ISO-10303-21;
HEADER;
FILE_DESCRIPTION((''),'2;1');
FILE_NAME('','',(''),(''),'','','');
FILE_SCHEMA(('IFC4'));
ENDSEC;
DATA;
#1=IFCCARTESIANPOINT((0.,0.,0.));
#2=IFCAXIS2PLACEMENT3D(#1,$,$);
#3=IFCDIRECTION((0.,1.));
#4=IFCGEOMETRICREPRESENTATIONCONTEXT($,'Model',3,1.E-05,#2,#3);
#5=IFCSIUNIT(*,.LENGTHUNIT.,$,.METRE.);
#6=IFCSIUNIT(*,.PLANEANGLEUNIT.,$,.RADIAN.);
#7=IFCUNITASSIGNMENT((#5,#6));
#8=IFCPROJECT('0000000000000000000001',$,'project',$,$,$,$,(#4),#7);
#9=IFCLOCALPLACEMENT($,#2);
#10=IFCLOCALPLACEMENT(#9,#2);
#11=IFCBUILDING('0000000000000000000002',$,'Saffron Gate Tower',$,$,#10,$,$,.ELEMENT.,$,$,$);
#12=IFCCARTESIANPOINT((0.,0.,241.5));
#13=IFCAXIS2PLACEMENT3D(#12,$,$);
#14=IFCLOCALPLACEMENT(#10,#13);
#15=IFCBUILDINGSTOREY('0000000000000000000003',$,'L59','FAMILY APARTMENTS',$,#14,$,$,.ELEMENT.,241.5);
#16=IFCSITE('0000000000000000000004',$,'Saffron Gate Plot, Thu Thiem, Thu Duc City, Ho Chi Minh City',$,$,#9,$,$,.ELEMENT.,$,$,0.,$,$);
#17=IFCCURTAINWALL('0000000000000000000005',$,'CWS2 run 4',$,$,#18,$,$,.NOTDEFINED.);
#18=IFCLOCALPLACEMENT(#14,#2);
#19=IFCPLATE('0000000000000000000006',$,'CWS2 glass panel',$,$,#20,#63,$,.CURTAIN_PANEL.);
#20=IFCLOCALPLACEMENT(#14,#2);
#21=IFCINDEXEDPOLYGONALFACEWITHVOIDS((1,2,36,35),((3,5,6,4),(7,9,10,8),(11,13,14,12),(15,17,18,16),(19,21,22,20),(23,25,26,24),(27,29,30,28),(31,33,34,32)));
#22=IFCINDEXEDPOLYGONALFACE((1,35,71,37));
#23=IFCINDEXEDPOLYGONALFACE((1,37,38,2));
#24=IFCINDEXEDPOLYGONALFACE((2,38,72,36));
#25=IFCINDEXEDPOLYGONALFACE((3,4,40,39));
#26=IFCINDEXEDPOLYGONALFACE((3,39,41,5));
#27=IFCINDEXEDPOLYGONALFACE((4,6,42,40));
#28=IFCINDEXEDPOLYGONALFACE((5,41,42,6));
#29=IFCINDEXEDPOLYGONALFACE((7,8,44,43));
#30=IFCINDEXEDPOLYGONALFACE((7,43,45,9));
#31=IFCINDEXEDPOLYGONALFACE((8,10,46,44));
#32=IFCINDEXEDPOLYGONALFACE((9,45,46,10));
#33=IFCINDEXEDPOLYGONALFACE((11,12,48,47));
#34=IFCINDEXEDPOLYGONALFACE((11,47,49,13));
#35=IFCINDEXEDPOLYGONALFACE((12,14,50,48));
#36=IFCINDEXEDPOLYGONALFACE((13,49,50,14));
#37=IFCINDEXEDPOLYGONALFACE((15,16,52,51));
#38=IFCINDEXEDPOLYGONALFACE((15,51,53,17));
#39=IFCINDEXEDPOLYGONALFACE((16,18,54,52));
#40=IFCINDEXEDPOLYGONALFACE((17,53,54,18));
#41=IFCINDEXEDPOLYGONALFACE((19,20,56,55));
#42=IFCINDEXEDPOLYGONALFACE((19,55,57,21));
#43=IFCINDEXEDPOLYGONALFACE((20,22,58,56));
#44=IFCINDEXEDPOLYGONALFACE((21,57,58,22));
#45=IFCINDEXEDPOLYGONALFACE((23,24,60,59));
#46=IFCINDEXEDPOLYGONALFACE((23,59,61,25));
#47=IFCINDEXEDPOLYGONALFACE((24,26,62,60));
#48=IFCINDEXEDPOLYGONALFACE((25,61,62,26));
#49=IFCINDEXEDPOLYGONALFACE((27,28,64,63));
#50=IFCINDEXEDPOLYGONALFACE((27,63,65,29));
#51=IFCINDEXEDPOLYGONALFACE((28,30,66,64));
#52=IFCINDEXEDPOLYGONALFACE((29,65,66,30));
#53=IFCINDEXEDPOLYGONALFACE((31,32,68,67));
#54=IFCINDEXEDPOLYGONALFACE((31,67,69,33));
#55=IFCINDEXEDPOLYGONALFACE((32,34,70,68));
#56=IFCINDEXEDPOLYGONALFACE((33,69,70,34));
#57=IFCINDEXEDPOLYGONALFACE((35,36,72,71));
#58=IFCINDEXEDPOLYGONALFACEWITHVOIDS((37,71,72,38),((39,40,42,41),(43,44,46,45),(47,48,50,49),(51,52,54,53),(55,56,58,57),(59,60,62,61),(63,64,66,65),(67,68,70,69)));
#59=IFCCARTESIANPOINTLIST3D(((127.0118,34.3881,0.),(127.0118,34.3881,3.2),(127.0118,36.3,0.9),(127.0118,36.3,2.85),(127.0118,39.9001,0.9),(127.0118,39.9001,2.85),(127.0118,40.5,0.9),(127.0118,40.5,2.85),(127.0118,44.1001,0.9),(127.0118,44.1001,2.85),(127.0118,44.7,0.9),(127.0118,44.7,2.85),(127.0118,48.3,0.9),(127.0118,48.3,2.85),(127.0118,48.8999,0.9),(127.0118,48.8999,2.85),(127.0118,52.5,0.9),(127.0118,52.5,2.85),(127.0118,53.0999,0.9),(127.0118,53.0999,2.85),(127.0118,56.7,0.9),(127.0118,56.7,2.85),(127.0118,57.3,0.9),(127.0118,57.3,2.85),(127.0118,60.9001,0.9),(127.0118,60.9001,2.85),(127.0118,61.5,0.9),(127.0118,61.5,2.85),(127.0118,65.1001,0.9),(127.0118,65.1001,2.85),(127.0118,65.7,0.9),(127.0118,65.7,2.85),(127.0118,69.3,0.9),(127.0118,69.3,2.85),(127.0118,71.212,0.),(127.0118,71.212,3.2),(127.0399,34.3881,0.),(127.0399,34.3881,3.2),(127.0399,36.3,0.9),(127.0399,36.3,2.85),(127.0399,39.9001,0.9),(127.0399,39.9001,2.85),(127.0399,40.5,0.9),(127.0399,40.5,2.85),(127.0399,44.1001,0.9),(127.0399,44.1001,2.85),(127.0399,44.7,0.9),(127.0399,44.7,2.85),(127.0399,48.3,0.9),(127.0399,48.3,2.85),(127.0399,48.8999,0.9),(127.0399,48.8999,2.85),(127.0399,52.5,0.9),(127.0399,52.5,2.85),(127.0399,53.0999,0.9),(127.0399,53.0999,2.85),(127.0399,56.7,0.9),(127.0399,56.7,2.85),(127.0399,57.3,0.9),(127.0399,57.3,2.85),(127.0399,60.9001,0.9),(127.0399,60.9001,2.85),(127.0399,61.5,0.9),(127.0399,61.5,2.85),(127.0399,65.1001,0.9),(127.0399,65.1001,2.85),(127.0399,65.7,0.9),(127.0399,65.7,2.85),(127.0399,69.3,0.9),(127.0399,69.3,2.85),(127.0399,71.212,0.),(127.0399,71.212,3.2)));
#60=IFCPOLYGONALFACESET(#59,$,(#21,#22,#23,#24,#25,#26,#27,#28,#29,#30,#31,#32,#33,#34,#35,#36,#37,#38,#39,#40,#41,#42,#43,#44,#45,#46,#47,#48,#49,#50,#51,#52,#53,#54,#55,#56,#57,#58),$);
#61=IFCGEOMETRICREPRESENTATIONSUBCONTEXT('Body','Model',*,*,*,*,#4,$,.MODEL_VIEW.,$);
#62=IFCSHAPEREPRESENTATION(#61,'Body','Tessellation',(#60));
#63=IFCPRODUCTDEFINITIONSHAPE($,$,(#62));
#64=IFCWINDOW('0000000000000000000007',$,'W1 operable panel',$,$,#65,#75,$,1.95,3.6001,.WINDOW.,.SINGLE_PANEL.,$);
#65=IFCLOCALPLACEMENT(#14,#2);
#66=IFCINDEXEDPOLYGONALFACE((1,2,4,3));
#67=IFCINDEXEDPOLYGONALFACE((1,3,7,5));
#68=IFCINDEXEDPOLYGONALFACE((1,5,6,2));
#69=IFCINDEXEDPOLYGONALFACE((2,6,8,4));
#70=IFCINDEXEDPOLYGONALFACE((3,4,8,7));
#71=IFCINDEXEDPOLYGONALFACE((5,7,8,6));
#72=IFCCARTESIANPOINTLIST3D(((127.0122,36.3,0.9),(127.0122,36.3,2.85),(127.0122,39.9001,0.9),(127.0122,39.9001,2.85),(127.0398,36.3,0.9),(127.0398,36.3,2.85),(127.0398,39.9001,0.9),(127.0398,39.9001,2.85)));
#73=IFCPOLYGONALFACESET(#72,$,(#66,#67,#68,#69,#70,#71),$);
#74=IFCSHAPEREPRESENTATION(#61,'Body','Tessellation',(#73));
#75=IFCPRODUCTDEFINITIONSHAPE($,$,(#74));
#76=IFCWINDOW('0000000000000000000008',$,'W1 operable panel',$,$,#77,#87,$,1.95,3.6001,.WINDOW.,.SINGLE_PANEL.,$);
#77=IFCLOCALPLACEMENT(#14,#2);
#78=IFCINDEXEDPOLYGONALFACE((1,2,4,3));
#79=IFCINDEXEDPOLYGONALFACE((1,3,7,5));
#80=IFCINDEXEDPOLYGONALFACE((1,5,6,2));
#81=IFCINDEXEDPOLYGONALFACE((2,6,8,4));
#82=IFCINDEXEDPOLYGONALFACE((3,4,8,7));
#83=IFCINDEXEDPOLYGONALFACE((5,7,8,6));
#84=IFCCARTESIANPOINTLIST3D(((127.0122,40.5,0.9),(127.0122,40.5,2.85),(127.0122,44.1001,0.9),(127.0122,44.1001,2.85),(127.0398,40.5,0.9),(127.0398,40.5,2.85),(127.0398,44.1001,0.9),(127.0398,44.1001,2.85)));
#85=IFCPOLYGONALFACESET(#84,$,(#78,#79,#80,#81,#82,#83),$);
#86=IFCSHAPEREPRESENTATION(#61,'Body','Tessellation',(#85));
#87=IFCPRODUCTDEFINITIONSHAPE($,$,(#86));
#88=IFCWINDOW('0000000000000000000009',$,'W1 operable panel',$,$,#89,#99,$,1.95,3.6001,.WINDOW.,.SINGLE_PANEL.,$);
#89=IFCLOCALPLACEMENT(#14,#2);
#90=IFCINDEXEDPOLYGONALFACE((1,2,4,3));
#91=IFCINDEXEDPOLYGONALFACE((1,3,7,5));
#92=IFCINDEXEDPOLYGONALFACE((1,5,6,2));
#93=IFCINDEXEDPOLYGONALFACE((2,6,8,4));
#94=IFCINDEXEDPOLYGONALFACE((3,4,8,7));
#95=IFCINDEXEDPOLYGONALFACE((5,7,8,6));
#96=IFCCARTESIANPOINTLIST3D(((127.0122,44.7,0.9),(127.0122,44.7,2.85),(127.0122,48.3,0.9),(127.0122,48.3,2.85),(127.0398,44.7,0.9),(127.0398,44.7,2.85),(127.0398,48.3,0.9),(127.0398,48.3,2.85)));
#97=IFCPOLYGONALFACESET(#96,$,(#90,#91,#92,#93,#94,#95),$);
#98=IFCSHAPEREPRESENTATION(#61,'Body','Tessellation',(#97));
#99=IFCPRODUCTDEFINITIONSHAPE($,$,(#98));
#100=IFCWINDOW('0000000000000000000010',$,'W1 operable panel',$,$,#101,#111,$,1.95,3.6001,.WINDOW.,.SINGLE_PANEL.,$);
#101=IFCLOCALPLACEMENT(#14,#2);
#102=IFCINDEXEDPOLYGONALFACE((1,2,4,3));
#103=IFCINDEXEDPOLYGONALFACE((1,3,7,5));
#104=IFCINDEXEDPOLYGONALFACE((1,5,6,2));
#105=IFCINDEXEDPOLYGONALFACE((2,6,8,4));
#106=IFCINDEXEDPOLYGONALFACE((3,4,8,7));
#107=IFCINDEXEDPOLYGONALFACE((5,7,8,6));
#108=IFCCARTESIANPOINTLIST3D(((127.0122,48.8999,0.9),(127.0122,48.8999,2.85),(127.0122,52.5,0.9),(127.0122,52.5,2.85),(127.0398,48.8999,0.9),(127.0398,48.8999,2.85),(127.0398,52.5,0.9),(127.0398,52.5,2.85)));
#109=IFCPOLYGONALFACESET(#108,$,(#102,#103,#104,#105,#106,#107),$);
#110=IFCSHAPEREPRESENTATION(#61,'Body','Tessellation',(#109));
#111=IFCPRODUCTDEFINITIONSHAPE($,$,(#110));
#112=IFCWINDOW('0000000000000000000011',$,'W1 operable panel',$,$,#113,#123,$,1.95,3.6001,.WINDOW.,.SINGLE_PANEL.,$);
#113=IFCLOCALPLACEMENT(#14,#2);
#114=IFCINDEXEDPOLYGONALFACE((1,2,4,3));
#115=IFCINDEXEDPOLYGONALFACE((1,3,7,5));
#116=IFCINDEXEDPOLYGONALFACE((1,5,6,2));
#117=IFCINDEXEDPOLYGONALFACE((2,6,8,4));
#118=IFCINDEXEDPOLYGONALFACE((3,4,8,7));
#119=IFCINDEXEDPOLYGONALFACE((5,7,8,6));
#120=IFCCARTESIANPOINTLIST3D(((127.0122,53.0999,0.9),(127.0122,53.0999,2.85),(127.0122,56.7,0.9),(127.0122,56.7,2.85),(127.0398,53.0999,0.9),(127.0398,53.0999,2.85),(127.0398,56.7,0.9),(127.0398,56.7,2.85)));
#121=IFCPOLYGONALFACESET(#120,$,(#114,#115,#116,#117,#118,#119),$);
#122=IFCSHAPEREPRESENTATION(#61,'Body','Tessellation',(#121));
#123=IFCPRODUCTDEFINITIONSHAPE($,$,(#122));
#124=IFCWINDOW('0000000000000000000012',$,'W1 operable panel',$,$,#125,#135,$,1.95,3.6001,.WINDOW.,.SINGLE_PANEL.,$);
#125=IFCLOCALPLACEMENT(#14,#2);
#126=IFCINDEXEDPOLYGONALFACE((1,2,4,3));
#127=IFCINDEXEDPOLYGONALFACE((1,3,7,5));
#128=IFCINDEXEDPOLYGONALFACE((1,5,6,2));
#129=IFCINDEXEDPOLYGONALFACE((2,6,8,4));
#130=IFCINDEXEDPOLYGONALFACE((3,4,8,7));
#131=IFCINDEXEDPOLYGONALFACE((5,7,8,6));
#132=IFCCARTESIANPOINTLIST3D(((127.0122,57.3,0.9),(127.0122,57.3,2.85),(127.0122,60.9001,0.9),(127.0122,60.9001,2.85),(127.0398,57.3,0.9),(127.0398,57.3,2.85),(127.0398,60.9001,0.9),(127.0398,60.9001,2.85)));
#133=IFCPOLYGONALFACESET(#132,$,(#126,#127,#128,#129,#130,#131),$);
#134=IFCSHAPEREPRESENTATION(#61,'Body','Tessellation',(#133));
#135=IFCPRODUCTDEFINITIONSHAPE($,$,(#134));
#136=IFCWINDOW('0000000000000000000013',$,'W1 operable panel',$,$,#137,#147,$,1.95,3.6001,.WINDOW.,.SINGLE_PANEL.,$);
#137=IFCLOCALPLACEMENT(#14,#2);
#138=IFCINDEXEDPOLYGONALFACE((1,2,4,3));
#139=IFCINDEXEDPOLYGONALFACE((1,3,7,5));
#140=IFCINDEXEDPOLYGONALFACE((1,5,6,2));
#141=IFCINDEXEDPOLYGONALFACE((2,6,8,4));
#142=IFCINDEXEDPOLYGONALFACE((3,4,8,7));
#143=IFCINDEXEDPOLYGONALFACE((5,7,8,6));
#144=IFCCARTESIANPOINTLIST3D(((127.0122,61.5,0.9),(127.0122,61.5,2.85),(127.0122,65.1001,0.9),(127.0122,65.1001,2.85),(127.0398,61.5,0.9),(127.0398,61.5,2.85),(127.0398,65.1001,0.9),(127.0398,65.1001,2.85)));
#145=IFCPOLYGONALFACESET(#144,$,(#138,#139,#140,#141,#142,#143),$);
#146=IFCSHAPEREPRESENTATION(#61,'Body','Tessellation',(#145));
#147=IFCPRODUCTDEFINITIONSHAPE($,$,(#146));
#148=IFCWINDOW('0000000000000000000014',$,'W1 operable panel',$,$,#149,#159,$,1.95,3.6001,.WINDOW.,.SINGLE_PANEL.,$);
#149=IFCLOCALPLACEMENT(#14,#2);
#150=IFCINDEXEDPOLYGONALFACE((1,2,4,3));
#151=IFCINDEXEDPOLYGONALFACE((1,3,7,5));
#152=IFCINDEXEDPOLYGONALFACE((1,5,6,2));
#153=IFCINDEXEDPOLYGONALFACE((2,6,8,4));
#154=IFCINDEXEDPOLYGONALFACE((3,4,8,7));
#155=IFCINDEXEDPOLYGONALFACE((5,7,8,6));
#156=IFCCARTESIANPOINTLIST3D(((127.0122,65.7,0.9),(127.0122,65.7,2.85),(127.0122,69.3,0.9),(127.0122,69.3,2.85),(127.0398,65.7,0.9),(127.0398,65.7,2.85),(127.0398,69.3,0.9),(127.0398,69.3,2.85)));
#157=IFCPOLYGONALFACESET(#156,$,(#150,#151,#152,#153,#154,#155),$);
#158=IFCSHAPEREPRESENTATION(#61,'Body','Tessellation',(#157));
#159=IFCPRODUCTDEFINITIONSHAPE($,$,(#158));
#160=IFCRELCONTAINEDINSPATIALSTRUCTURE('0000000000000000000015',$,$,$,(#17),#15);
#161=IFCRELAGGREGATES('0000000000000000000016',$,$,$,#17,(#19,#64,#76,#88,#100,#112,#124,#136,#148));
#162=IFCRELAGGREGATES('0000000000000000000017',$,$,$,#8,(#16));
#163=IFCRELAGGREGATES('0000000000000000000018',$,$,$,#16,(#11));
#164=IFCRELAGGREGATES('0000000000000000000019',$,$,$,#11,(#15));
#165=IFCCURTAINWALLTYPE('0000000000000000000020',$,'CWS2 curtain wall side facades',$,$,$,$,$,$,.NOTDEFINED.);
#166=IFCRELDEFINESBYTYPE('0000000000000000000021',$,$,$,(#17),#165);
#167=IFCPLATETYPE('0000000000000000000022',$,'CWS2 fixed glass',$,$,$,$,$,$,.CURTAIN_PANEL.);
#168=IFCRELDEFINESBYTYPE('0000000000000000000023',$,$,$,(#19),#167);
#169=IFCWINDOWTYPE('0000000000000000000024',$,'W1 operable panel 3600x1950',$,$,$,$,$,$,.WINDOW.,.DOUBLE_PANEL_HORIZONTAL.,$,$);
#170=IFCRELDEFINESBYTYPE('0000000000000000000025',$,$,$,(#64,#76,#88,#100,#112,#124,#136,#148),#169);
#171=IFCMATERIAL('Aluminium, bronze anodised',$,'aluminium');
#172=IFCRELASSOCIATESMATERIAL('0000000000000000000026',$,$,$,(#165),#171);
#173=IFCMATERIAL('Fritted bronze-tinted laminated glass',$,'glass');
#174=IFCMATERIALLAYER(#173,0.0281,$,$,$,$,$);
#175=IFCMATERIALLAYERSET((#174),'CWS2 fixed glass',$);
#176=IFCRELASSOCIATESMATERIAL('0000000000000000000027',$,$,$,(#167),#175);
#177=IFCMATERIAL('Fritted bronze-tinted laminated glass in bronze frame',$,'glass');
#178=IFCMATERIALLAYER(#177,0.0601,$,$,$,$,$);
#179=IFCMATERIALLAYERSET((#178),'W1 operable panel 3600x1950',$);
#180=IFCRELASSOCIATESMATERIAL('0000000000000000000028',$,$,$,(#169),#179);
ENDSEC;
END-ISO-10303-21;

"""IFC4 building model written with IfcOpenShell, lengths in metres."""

from ifc_helpers import new_model, si_unit, direction, frame, frame_2d, origin, place, context, subcontext, project, spatial, rectangle, extrude, material, layer, layer_set, type_object, element, fill, aggregate, save


model = new_model("IFC4")

# Units and contexts
model_context = context("Model", 3, precision=1e-05, world=origin(), true_north=direction((0.0, 1.0)))
body_context = subcontext(model_context, "Body", "Model", "MODEL_VIEW")
ifc_project = project(units=[si_unit("LENGTHUNIT", "METRE"), si_unit("PLANEANGLEUNIT", "RADIAN")], contexts=[model_context])

# Site, building, storey
site_placement = place(None, origin())
site = spatial("IfcSite", under=ifc_project, at=site_placement, Name="Saffron Gate Plot, Thu Thiem, Thu Duc City, Ho Chi Minh City", CompositionType="ELEMENT", RefElevation=0.0)
building_placement = place(site_placement, origin())
building = spatial("IfcBuilding", under=site, at=building_placement, Name="Saffron Gate Tower", CompositionType="ELEMENT")
storey_placement = place(building_placement, frame((0.0, 0.0, 241.5)))
storey = spatial("IfcBuildingStorey", under=building, at=storey_placement, Name="L59", Description="FAMILY APARTMENTS", CompositionType="ELEMENT", Elevation=241.5)

# Curtain wall
ifc_material_1 = material(Name="Aluminium, bronze anodised", Category="aluminium")
curtain_wall_type_1 = type_object("IfcCurtainWallType", Name="CWS2 curtain wall side facades", PredefinedType="NOTDEFINED", material=ifc_material_1)
curtain_wall_1_placement = place(storey_placement, origin())
curtain_wall_1 = element("IfcCurtainWall", 1, at=curtain_wall_1_placement, inside=storey, type_object=curtain_wall_type_1, Name="CWS2 run 4", PredefinedType="NOTDEFINED")

# Plate, openings, windows
ifc_material_2 = material(Name="Fritted bronze-tinted laminated glass", Category="glass")
ifc_layer_1 = layer(ifc_material_2, 0.0281)
ifc_layer_set_1 = layer_set([ifc_layer_1], Name="CWS2 fixed glass")
plate_type = type_object("IfcPlateType", Name="CWS2 fixed glass", PredefinedType="CURTAIN_PANEL", material=ifc_layer_set_1)
plate_placement = place(storey_placement, frame((127.0259, 34.3879, 0.0), z_axis=(0.0, 0.0, 1.0), x_axis=(0.0, 1.0, 0.0)))
plate = element("IfcPlate", 2, at=plate_placement, type_object=plate_type, Name="CWS2 glass panel", PredefinedType="CURTAIN_PANEL", context=body_context, shape_type="SweptSolid", body=[
    extrude(rectangle(XDim=36.824, YDim=0.0281, at=frame_2d((18.4121, 0.0))), origin(), (0.0, 0.0, 1.0), 3.2),
])
opening_1_placement = place(plate_placement, frame((1.9121, 0.0, 0.8999)))
opening_1 = element("IfcOpeningElement", 3, at=opening_1_placement, cuts=plate, PredefinedType="OPENING", context=body_context, shape_type="SweptSolid", body=[
    extrude(rectangle(XDim=3.6001, YDim=1.95, at=frame_2d((1.8, 0.9751))), frame((0.0, 0.0239, 0.0), z_axis=(0.0, -1.0, 0.0), x_axis=(1.0, 0.0, 0.0)), (0.0, 0.0, 1.0), 0.0481),
])
opening_2_placement = place(plate_placement, frame((6.1121, 0.0, 0.8999)))
opening_2 = element("IfcOpeningElement", 4, at=opening_2_placement, cuts=plate, PredefinedType="OPENING", context=body_context, shape_type="SweptSolid", body=[
    extrude(rectangle(XDim=3.6001, YDim=1.95, at=frame_2d((1.8, 0.9751))), frame((0.0, 0.0239, 0.0), z_axis=(0.0, -1.0, 0.0), x_axis=(1.0, 0.0, 0.0)), (0.0, 0.0, 1.0), 0.0481),
])
opening_3_placement = place(plate_placement, frame((10.312, 0.0, 0.8999)))
opening_3 = element("IfcOpeningElement", 5, at=opening_3_placement, cuts=plate, PredefinedType="OPENING", context=body_context, shape_type="SweptSolid", body=[
    extrude(rectangle(XDim=3.6001, YDim=1.95, at=frame_2d((1.8, 0.9751))), frame((0.0, 0.0239, 0.0), z_axis=(0.0, -1.0, 0.0), x_axis=(1.0, 0.0, 0.0)), (0.0, 0.0, 1.0), 0.0481),
])
opening_4_placement = place(plate_placement, frame((14.512, 0.0, 0.8999)))
opening_4 = element("IfcOpeningElement", 6, at=opening_4_placement, cuts=plate, PredefinedType="OPENING", context=body_context, shape_type="SweptSolid", body=[
    extrude(rectangle(XDim=3.6001, YDim=1.95, at=frame_2d((1.8, 0.9751))), frame((0.0, 0.0239, 0.0), z_axis=(0.0, -1.0, 0.0), x_axis=(1.0, 0.0, 0.0)), (0.0, 0.0, 1.0), 0.0481),
])
opening_5_placement = place(plate_placement, frame((18.7119, 0.0, 0.8999)))
opening_5 = element("IfcOpeningElement", 7, at=opening_5_placement, cuts=plate, PredefinedType="OPENING", context=body_context, shape_type="SweptSolid", body=[
    extrude(rectangle(XDim=3.6001, YDim=1.95, at=frame_2d((1.8, 0.9751))), frame((0.0, 0.0239, 0.0), z_axis=(0.0, -1.0, 0.0), x_axis=(1.0, 0.0, 0.0)), (0.0, 0.0, 1.0), 0.0481),
])
opening_6_placement = place(plate_placement, frame((22.9121, 0.0, 0.8999)))
opening_6 = element("IfcOpeningElement", 8, at=opening_6_placement, cuts=plate, PredefinedType="OPENING", context=body_context, shape_type="SweptSolid", body=[
    extrude(rectangle(XDim=3.6001, YDim=1.95, at=frame_2d((1.8, 0.9751))), frame((0.0, 0.0239, 0.0), z_axis=(0.0, -1.0, 0.0), x_axis=(1.0, 0.0, 0.0)), (0.0, 0.0, 1.0), 0.0481),
])
opening_7_placement = place(plate_placement, frame((27.1121, 0.0, 0.8999)))
opening_7 = element("IfcOpeningElement", 9, at=opening_7_placement, cuts=plate, PredefinedType="OPENING", context=body_context, shape_type="SweptSolid", body=[
    extrude(rectangle(XDim=3.6001, YDim=1.95, at=frame_2d((1.8, 0.9751))), frame((0.0, 0.0239, 0.0), z_axis=(0.0, -1.0, 0.0), x_axis=(1.0, 0.0, 0.0)), (0.0, 0.0, 1.0), 0.0481),
])
opening_8_placement = place(plate_placement, frame((31.312, 0.0, 0.8999)))
opening_8 = element("IfcOpeningElement", 10, at=opening_8_placement, cuts=plate, PredefinedType="OPENING", context=body_context, shape_type="SweptSolid", body=[
    extrude(rectangle(XDim=3.6001, YDim=1.95, at=frame_2d((1.8, 0.9751))), frame((0.0, 0.0239, 0.0), z_axis=(0.0, -1.0, 0.0), x_axis=(1.0, 0.0, 0.0)), (0.0, 0.0, 1.0), 0.0481),
])
ifc_material_3 = material(Name="Fritted bronze-tinted laminated glass in bronze frame", Category="glass")
ifc_layer_2 = layer(ifc_material_3, 0.0601)
ifc_layer_set_2 = layer_set([ifc_layer_2], Name="W1 operable panel 3600x1950")
window_type = type_object("IfcWindowType", Name="W1 operable panel 3600x1950", PartitioningType="DOUBLE_PANEL_HORIZONTAL", PredefinedType="WINDOW", material=ifc_layer_set_2)
window_1_placement = place(opening_1_placement, origin())
window_1 = element("IfcWindow", 11, at=window_1_placement, type_object=window_type, Name="W1 operable panel", OverallHeight=1.95, OverallWidth=3.6001, PartitioningType="SINGLE_PANEL", PredefinedType="WINDOW", context=body_context, shape_type="SweptSolid", body=[
    extrude(rectangle(XDim=3.6001, YDim=1.95, at=frame_2d((1.8, 0.9751))), frame((0.0, 0.0137, 0.0), z_axis=(0.0, -1.0, 0.0), x_axis=(1.0, 0.0, 0.0)), (0.0, 0.0, 1.0), 0.0276),
])
fill(opening_1, window_1)
window_2_placement = place(opening_2_placement, origin())
window_2 = element("IfcWindow", 12, at=window_2_placement, type_object=window_type, Name="W1 operable panel", OverallHeight=1.95, OverallWidth=3.6001, PartitioningType="SINGLE_PANEL", PredefinedType="WINDOW", context=body_context, shape_type="SweptSolid", body=[
    extrude(rectangle(XDim=3.6001, YDim=1.95, at=frame_2d((1.8, 0.9751))), frame((0.0, 0.0137, 0.0), z_axis=(0.0, -1.0, 0.0), x_axis=(1.0, 0.0, 0.0)), (0.0, 0.0, 1.0), 0.0276),
])
fill(opening_2, window_2)
window_3_placement = place(opening_3_placement, origin())
window_3 = element("IfcWindow", 13, at=window_3_placement, type_object=window_type, Name="W1 operable panel", OverallHeight=1.95, OverallWidth=3.6001, PartitioningType="SINGLE_PANEL", PredefinedType="WINDOW", context=body_context, shape_type="SweptSolid", body=[
    extrude(rectangle(XDim=3.6001, YDim=1.95, at=frame_2d((1.8, 0.9751))), frame((0.0, 0.0137, 0.0), z_axis=(0.0, -1.0, 0.0), x_axis=(1.0, 0.0, 0.0)), (0.0, 0.0, 1.0), 0.0276),
])
fill(opening_3, window_3)
window_4_placement = place(opening_4_placement, origin())
window_4 = element("IfcWindow", 14, at=window_4_placement, type_object=window_type, Name="W1 operable panel", OverallHeight=1.95, OverallWidth=3.6001, PartitioningType="SINGLE_PANEL", PredefinedType="WINDOW", context=body_context, shape_type="SweptSolid", body=[
    extrude(rectangle(XDim=3.6001, YDim=1.95, at=frame_2d((1.8, 0.9751))), frame((0.0, 0.0137, 0.0), z_axis=(0.0, -1.0, 0.0), x_axis=(1.0, 0.0, 0.0)), (0.0, 0.0, 1.0), 0.0276),
])
fill(opening_4, window_4)
window_5_placement = place(opening_5_placement, origin())
window_5 = element("IfcWindow", 15, at=window_5_placement, type_object=window_type, Name="W1 operable panel", OverallHeight=1.95, OverallWidth=3.6001, PartitioningType="SINGLE_PANEL", PredefinedType="WINDOW", context=body_context, shape_type="SweptSolid", body=[
    extrude(rectangle(XDim=3.6001, YDim=1.95, at=frame_2d((1.8, 0.9751))), frame((0.0, 0.0137, 0.0), z_axis=(0.0, -1.0, 0.0), x_axis=(1.0, 0.0, 0.0)), (0.0, 0.0, 1.0), 0.0276),
])
fill(opening_5, window_5)
window_6_placement = place(opening_6_placement, origin())
window_6 = element("IfcWindow", 16, at=window_6_placement, type_object=window_type, Name="W1 operable panel", OverallHeight=1.95, OverallWidth=3.6001, PartitioningType="SINGLE_PANEL", PredefinedType="WINDOW", context=body_context, shape_type="SweptSolid", body=[
    extrude(rectangle(XDim=3.6001, YDim=1.95, at=frame_2d((1.8, 0.9751))), frame((0.0, 0.0137, 0.0), z_axis=(0.0, -1.0, 0.0), x_axis=(1.0, 0.0, 0.0)), (0.0, 0.0, 1.0), 0.0276),
])
fill(opening_6, window_6)
window_7_placement = place(opening_7_placement, origin())
window_7 = element("IfcWindow", 17, at=window_7_placement, type_object=window_type, Name="W1 operable panel", OverallHeight=1.95, OverallWidth=3.6001, PartitioningType="SINGLE_PANEL", PredefinedType="WINDOW", context=body_context, shape_type="SweptSolid", body=[
    extrude(rectangle(XDim=3.6001, YDim=1.95, at=frame_2d((1.8, 0.9751))), frame((0.0, 0.0137, 0.0), z_axis=(0.0, -1.0, 0.0), x_axis=(1.0, 0.0, 0.0)), (0.0, 0.0, 1.0), 0.0276),
])
fill(opening_7, window_7)
window_8_placement = place(opening_8_placement, origin())
window_8 = element("IfcWindow", 18, at=window_8_placement, type_object=window_type, Name="W1 operable panel", OverallHeight=1.95, OverallWidth=3.6001, PartitioningType="SINGLE_PANEL", PredefinedType="WINDOW", context=body_context, shape_type="SweptSolid", body=[
    extrude(rectangle(XDim=3.6001, YDim=1.95, at=frame_2d((1.8, 0.9751))), frame((0.0, 0.0137, 0.0), z_axis=(0.0, -1.0, 0.0), x_axis=(1.0, 0.0, 0.0)), (0.0, 0.0, 1.0), 0.0276),
])
fill(opening_8, window_8)
aggregate(curtain_wall_1, [plate, window_1, window_2, window_3, window_4, window_5, window_6, window_7, window_8])

save(model, "model.ifc")
